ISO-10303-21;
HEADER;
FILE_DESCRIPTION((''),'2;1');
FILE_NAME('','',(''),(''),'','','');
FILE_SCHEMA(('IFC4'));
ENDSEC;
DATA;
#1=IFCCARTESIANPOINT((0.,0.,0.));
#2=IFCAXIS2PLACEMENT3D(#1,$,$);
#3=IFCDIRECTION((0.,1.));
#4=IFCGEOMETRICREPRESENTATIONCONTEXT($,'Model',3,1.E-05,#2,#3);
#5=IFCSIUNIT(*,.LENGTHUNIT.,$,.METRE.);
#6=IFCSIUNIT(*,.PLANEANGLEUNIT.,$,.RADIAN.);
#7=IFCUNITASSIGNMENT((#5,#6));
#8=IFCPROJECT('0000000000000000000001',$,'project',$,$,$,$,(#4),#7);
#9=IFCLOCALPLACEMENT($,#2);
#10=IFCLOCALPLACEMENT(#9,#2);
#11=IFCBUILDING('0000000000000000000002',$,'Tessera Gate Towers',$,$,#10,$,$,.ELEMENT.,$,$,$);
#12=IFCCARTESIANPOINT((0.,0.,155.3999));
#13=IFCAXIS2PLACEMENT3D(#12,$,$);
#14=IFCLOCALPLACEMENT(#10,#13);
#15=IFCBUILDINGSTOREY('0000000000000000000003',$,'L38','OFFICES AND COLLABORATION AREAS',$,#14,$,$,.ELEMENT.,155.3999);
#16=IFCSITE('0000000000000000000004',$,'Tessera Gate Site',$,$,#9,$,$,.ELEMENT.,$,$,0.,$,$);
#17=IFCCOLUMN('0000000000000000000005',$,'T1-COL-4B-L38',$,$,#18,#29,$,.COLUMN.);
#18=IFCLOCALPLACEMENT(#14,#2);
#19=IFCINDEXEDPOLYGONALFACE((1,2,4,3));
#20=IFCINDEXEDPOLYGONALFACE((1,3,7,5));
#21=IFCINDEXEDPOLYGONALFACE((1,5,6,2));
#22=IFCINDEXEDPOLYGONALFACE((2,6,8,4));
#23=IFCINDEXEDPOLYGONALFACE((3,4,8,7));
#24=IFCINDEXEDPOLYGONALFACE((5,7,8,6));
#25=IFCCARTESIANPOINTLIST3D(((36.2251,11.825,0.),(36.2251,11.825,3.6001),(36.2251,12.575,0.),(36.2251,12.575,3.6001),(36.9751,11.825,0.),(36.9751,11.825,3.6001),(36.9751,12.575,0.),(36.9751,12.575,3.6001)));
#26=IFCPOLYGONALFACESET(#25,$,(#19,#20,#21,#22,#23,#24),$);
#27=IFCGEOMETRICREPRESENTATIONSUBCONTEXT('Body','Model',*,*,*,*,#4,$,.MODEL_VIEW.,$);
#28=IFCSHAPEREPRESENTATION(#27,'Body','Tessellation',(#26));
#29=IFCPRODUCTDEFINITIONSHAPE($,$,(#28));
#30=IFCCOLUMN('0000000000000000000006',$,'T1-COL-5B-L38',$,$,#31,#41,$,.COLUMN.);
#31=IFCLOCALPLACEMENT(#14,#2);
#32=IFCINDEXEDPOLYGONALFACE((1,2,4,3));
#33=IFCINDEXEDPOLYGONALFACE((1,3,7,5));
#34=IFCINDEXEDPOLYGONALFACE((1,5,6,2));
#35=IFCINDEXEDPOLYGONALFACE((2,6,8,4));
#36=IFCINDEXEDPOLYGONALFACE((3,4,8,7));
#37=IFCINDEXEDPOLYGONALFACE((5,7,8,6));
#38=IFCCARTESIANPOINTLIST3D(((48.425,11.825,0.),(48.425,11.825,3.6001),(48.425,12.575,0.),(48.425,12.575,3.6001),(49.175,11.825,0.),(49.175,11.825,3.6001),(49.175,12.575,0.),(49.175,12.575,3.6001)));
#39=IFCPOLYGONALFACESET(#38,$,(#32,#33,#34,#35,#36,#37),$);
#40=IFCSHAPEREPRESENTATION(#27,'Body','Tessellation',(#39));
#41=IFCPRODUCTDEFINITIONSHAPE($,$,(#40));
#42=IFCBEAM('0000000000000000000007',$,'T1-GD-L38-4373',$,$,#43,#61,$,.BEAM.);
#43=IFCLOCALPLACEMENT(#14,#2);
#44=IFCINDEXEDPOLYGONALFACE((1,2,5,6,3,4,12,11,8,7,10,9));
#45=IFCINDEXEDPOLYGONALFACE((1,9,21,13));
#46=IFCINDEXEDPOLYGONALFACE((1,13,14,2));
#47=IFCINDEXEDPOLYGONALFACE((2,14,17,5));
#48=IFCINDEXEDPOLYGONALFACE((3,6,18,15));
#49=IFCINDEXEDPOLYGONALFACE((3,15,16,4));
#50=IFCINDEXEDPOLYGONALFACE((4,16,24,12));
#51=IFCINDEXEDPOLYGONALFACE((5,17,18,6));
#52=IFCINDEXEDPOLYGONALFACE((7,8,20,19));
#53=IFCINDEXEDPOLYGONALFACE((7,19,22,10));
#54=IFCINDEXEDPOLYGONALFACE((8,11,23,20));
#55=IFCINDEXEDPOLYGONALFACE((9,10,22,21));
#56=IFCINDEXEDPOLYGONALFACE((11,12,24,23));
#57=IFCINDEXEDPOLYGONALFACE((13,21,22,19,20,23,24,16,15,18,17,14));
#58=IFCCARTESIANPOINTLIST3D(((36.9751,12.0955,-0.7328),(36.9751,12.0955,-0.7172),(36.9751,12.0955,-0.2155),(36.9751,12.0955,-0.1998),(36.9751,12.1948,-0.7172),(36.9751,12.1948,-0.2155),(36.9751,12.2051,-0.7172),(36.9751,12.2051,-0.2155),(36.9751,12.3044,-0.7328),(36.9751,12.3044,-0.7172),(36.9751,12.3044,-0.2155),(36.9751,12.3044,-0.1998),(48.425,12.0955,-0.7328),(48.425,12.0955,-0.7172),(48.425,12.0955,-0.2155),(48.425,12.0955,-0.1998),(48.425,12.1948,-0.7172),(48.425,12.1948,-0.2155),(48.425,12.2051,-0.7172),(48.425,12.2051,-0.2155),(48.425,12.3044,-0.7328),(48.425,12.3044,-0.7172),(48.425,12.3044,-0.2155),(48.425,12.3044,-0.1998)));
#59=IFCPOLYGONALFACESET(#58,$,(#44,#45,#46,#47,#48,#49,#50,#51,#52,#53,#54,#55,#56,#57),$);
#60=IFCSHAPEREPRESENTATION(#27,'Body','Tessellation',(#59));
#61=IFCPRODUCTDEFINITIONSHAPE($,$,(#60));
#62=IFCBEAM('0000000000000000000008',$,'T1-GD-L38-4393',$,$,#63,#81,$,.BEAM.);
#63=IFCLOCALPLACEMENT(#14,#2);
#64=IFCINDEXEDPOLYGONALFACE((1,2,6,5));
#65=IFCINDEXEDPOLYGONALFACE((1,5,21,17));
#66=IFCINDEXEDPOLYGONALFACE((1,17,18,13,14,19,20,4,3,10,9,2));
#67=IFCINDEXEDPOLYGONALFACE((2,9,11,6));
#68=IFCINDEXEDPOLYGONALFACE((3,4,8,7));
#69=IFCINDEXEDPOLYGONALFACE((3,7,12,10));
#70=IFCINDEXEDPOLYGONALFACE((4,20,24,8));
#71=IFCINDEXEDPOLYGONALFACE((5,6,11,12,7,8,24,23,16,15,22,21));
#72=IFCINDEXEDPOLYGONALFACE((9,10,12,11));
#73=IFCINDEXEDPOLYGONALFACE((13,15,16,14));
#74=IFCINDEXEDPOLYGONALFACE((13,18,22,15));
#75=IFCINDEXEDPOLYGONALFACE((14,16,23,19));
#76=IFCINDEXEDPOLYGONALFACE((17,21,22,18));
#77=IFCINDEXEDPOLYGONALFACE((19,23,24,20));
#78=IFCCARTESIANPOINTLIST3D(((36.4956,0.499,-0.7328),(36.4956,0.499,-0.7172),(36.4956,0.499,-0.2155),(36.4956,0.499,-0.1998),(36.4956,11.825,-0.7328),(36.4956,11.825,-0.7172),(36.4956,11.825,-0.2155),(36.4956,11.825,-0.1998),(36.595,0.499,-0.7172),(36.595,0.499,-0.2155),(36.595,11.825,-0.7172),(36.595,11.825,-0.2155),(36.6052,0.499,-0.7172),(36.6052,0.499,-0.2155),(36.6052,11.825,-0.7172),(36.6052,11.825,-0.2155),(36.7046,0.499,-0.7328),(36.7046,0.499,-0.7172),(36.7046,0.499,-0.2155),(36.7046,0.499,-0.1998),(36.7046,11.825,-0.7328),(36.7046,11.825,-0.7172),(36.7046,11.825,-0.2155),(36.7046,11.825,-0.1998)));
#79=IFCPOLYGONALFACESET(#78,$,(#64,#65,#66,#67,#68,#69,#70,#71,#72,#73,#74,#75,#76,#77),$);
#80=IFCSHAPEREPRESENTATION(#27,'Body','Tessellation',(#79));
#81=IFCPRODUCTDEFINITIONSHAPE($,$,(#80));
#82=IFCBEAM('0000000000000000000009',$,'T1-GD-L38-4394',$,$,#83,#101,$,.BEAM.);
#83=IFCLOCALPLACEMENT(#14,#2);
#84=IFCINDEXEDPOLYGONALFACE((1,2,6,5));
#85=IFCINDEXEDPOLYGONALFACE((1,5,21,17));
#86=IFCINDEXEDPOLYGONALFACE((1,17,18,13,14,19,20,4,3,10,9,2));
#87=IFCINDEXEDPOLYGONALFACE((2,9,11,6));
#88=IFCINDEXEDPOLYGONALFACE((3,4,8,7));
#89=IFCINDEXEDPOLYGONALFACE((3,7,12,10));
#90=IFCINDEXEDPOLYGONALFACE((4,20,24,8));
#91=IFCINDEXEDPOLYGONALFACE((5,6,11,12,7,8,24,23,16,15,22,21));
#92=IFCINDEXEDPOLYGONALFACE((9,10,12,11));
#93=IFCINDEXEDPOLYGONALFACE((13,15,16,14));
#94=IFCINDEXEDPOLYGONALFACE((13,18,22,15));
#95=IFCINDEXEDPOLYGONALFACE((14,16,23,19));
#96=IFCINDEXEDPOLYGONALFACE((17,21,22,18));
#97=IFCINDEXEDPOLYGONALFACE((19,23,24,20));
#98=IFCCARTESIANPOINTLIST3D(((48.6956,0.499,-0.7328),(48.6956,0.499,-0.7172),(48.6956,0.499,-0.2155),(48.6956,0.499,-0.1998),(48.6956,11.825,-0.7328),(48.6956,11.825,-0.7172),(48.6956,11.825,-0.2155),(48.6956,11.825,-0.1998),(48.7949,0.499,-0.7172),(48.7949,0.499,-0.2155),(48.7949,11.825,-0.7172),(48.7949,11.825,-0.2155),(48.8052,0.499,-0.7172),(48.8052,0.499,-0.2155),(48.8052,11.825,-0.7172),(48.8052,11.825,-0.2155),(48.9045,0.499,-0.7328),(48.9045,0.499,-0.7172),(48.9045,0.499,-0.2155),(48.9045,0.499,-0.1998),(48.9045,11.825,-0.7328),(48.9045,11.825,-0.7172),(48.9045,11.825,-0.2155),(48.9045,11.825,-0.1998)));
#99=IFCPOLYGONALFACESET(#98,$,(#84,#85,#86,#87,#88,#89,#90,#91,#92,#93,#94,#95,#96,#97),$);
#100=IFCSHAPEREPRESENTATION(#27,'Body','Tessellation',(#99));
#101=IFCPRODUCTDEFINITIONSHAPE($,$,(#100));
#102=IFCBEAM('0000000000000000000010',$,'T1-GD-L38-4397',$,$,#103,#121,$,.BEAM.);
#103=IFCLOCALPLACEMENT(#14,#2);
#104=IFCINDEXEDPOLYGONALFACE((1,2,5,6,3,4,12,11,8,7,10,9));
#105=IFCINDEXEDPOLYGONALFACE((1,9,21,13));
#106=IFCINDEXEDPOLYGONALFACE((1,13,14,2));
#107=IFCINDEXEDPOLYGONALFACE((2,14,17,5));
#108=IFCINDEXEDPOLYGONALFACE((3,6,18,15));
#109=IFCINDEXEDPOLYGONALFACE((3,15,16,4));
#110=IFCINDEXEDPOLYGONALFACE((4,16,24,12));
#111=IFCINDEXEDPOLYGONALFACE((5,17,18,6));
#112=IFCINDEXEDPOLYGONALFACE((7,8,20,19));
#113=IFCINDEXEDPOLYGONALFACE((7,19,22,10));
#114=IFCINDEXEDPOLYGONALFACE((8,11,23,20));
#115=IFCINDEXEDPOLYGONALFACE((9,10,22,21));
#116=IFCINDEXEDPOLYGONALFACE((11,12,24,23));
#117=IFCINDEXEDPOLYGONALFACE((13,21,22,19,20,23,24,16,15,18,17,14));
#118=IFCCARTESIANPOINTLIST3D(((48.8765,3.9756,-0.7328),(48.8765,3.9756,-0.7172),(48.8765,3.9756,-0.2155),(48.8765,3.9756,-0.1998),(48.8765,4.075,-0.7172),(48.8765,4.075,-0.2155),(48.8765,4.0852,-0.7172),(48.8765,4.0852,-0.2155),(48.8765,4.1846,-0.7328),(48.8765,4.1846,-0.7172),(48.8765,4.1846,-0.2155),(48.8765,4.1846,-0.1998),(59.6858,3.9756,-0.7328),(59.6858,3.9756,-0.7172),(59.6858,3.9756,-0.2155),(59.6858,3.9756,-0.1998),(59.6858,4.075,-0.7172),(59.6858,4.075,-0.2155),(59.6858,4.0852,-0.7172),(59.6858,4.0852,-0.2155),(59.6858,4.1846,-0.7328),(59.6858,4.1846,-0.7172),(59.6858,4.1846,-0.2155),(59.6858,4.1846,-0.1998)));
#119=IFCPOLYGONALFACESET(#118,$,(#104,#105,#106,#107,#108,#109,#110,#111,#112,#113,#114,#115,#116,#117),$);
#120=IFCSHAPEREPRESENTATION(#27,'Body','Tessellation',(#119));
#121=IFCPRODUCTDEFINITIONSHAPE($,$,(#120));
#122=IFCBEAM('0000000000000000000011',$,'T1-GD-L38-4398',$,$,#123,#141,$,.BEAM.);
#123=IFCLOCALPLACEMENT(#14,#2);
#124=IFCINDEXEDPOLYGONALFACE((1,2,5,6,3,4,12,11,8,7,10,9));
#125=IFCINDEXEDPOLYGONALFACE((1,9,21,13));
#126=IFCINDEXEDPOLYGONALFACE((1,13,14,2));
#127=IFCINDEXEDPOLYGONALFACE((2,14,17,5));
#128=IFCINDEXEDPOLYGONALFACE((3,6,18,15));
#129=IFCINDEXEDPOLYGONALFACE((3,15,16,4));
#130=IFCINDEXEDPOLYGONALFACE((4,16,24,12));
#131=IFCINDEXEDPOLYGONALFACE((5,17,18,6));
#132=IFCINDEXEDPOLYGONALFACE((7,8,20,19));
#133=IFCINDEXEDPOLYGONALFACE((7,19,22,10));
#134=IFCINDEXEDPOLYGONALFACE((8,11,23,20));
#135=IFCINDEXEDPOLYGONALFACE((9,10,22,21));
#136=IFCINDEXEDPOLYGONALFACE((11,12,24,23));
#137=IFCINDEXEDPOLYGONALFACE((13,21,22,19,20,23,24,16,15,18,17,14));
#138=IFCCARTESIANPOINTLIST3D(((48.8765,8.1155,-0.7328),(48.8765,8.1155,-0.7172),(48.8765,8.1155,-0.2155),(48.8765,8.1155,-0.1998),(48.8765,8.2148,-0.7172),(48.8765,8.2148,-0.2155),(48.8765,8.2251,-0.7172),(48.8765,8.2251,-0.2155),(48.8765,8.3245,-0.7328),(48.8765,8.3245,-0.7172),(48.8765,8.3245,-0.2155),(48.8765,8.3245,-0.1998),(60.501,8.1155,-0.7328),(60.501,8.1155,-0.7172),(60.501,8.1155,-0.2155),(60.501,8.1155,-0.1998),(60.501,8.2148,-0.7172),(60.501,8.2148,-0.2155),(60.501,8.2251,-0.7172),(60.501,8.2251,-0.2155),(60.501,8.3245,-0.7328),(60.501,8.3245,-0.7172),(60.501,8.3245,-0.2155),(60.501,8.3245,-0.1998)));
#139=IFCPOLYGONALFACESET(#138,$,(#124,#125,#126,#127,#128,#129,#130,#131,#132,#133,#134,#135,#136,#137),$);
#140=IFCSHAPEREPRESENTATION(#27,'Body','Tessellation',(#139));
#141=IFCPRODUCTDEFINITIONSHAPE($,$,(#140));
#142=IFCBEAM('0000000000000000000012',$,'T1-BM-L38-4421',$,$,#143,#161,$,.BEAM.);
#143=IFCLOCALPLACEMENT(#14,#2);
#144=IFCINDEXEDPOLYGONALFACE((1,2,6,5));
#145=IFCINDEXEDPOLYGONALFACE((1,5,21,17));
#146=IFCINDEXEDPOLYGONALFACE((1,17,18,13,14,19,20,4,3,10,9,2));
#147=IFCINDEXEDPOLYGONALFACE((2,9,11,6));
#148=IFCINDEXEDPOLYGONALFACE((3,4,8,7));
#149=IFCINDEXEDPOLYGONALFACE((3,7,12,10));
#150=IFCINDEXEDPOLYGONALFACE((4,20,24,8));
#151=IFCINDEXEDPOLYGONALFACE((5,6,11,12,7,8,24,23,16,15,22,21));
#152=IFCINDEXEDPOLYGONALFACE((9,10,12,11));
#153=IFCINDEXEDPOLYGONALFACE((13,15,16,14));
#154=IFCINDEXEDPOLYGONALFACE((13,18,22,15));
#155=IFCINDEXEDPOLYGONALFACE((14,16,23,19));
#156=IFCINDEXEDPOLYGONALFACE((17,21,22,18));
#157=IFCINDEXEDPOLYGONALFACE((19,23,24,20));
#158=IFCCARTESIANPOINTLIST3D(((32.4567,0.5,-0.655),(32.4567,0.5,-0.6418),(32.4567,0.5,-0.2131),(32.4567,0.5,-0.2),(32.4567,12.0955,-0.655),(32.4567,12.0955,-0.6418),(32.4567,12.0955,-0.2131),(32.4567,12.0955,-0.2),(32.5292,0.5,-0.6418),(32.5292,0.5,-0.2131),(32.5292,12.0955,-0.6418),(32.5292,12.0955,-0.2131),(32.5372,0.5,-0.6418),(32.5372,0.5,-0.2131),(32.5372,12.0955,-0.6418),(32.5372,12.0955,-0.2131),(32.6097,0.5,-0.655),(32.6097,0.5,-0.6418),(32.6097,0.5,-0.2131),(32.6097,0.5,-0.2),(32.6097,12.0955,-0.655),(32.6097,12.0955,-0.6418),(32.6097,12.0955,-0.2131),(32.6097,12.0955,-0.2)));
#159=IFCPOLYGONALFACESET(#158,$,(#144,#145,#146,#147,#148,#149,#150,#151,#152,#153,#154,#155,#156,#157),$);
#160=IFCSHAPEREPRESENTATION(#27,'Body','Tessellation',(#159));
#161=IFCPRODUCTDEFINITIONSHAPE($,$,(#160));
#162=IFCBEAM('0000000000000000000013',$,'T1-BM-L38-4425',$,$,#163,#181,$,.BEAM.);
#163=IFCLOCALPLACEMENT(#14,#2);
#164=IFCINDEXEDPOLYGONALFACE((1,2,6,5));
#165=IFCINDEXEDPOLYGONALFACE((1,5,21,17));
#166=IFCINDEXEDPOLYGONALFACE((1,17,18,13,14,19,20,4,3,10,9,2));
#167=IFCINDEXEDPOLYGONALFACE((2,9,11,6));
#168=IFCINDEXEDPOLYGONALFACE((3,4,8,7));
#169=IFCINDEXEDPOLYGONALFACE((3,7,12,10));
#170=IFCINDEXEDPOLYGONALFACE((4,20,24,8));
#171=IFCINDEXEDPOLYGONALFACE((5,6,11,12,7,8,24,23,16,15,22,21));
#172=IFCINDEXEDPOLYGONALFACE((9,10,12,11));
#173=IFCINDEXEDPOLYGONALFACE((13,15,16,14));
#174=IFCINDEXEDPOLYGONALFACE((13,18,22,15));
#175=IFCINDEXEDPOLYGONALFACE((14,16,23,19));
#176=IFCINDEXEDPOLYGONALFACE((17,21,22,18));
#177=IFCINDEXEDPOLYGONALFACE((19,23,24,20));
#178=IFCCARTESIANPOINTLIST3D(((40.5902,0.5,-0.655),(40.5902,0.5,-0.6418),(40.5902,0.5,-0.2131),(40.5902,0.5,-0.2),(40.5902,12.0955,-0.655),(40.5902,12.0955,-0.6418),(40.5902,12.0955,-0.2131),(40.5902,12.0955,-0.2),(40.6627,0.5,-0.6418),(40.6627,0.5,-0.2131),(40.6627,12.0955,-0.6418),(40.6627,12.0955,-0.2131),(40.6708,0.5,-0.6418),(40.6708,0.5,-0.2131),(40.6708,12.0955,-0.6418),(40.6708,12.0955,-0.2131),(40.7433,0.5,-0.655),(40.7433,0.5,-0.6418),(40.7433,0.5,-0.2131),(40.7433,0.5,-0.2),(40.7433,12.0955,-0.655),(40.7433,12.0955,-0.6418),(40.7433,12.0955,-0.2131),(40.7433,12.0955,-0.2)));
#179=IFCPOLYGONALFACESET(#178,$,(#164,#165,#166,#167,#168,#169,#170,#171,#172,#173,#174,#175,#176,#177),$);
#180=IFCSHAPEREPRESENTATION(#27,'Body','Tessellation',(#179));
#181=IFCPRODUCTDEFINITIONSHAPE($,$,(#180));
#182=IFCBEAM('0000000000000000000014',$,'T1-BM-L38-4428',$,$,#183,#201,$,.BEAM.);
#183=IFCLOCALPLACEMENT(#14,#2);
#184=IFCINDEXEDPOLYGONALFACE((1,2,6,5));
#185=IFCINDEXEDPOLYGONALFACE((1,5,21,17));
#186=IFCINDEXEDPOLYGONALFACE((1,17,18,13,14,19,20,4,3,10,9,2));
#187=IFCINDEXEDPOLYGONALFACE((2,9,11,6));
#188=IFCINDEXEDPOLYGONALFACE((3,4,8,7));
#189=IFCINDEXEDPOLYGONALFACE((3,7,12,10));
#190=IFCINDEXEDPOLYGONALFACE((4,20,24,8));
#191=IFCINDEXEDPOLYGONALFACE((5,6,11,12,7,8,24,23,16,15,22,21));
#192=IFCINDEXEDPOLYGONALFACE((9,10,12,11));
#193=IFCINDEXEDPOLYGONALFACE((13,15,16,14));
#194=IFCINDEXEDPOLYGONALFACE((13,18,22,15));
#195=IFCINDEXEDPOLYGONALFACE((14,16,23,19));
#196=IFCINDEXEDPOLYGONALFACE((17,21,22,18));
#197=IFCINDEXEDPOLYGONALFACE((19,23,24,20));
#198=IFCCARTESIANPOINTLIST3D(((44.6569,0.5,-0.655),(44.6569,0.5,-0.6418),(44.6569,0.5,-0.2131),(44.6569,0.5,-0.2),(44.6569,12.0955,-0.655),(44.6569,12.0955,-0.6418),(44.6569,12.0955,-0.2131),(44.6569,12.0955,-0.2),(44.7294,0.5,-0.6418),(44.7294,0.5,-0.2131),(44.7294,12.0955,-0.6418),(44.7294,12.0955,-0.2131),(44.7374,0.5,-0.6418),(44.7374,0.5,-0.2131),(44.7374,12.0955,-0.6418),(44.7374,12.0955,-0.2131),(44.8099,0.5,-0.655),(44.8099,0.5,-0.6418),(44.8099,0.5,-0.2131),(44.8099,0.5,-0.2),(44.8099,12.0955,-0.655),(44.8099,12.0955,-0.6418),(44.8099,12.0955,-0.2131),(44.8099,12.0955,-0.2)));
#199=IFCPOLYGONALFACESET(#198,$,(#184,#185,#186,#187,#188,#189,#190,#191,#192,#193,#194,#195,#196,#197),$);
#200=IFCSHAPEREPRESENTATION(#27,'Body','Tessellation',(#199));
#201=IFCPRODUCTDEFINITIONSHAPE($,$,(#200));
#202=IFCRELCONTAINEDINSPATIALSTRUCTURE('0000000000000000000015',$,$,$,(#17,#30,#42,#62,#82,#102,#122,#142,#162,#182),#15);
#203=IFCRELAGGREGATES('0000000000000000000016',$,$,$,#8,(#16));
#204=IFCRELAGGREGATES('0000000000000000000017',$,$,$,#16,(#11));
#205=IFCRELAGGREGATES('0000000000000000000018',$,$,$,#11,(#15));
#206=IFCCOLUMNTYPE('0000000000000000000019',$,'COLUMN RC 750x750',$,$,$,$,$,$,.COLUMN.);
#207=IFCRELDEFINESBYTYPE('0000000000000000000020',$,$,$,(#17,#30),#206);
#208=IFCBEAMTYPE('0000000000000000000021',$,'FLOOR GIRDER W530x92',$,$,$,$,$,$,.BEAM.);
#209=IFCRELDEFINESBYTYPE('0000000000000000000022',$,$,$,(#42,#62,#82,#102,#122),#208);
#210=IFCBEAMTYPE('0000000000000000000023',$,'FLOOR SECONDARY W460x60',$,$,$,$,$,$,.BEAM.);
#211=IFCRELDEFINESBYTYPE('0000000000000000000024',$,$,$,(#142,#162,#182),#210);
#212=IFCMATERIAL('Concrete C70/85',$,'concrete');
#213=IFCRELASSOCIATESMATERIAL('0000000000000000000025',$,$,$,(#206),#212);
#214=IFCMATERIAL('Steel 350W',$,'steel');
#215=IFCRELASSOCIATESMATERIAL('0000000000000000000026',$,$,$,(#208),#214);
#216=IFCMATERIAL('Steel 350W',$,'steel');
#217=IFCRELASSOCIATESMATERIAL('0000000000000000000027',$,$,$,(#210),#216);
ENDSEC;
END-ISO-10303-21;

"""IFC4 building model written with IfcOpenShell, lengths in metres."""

from ifc_helpers import new_model, si_unit, direction, frame, origin, origin_2d, place, context, subcontext, project, spatial, rectangle, i_section, extrude, material, material_profile, profile_set, type_object, element, save


model = new_model("IFC4")

# Units and contexts
model_context = context("Model", 3, precision=1e-05, world=origin(), true_north=direction((0.0, 1.0)))
body_context = subcontext(model_context, "Body", "Model", "MODEL_VIEW")
ifc_project = project(units=[si_unit("LENGTHUNIT", "METRE"), si_unit("PLANEANGLEUNIT", "RADIAN")], contexts=[model_context])

# Site, building, storey
site_placement = place(None, origin())
site = spatial("IfcSite", under=ifc_project, at=site_placement, Name="Tessera Gate Site", CompositionType="ELEMENT", RefElevation=0.0)
building_placement = place(site_placement, origin())
building = spatial("IfcBuilding", under=site, at=building_placement, Name="Tessera Gate Towers", CompositionType="ELEMENT")
storey_placement = place(building_placement, frame((0.0, 0.0, 155.3999)))
storey = spatial("IfcBuildingStorey", under=building, at=storey_placement, Name="L38", Description="OFFICES AND COLLABORATION AREAS", CompositionType="ELEMENT", Elevation=155.3999)

# Columns
ifc_material_1 = material(Name="Concrete C70/85", Category="concrete")
ifc_material_profile_1 = material_profile(ifc_material_1, rectangle(XDim=0.75, YDim=0.75, at=origin_2d()), Name="RC 750x750")
ifc_profile_set_1 = profile_set([ifc_material_profile_1], Name="Concrete C70/85")
column_type = type_object("IfcColumnType", Name="COLUMN RC 750x750", PredefinedType="COLUMN", material=ifc_profile_set_1)
for number, where, z_axis, x_axis, name in (
    (1, (36.6001, 12.2, 0.0), (0.0, 0.0, 1.0), (1.0, 0.0, 0.0), "T1-COL-4B-L38"),
    (2, (48.8, 12.2, 0.0), (0.0, 0.0, 1.0), (1.0, 0.0, 0.0), "T1-COL-5B-L38"),
):
    element("IfcColumn", number, at=place(storey_placement, frame(where, z_axis=z_axis, x_axis=x_axis)), inside=storey, type_object=column_type, Name=name, PredefinedType="COLUMN", context=body_context, shape_type="SweptSolid", body=[
        extrude(rectangle(XDim=0.75, YDim=0.75, at=origin_2d()), origin(), (0.0, 0.0, 1.0), 3.6001),
    ])

# Beams
ifc_material_2 = material(Name="Steel 350W", Category="steel")
ifc_material_profile_2 = material_profile(ifc_material_2, i_section(OverallWidth=0.209, OverallDepth=0.533, WebThickness=0.0103, FlangeThickness=0.0156, at=origin_2d()), Name="W530x92")
ifc_profile_set_2 = profile_set([ifc_material_profile_2], Name="Steel 350W")
beam_type_1 = type_object("IfcBeamType", Name="FLOOR GIRDER W530x92", PredefinedType="BEAM", material=ifc_profile_set_2)
beam_1_placement = place(storey_placement, frame((36.9751, 12.2, -0.4663), z_axis=(1.0, 0.0, 0.0), x_axis=(0.0, 1.0, 0.0)))
element("IfcBeam", 3, at=beam_1_placement, inside=storey, type_object=beam_type_1, Name="T1-GD-L38-4373", PredefinedType="BEAM", context=body_context, shape_type="SweptSolid", body=[
    extrude(i_section(OverallWidth=0.209, OverallDepth=0.533, WebThickness=0.0103, FlangeThickness=0.0156, at=origin_2d()), origin(), (0.0, 0.0, 1.0), 11.45),
])
for number, where, z_axis, x_axis, name in (
    (4, (36.6001, 0.499, -0.4663), (0.0, 1.0, 0.0), (-1.0, 0.0, 0.0), "T1-GD-L38-4393"),
    (5, (48.8, 0.499, -0.4663), (0.0, 1.0, 0.0), (-1.0, 0.0, 0.0), "T1-GD-L38-4394"),
):
    element("IfcBeam", number, at=place(storey_placement, frame(where, z_axis=z_axis, x_axis=x_axis)), inside=storey, type_object=beam_type_1, Name=name, PredefinedType="BEAM", context=body_context, shape_type="SweptSolid", body=[
        extrude(i_section(OverallWidth=0.209, OverallDepth=0.533, WebThickness=0.0103, FlangeThickness=0.0156, at=origin_2d()), origin(), (0.0, 0.0, 1.0), 11.3259),
    ])
beam_2_placement = place(storey_placement, frame((48.8765, 4.0801, -0.4663), z_axis=(1.0, 0.0, 0.0), x_axis=(0.0, 1.0, 0.0)))
element("IfcBeam", 6, at=beam_2_placement, inside=storey, type_object=beam_type_1, Name="T1-GD-L38-4397", PredefinedType="BEAM", context=body_context, shape_type="SweptSolid", body=[
    extrude(i_section(OverallWidth=0.209, OverallDepth=0.533, WebThickness=0.0103, FlangeThickness=0.0156, at=origin_2d()), origin(), (0.0, 0.0, 1.0), 10.8093),
])
beam_3_placement = place(storey_placement, frame((48.8765, 8.22, -0.4663), z_axis=(1.0, 0.0, 0.0), x_axis=(0.0, 1.0, 0.0)))
element("IfcBeam", 7, at=beam_3_placement, inside=storey, type_object=beam_type_1, Name="T1-GD-L38-4398", PredefinedType="BEAM", context=body_context, shape_type="SweptSolid", body=[
    extrude(i_section(OverallWidth=0.209, OverallDepth=0.533, WebThickness=0.0103, FlangeThickness=0.0156, at=origin_2d()), origin(), (0.0, 0.0, 1.0), 11.6245),
])
ifc_material_3 = material(Name="Steel 350W", Category="steel")
ifc_material_profile_3 = material_profile(ifc_material_3, i_section(OverallWidth=0.1531, OverallDepth=0.4551, WebThickness=0.0081, FlangeThickness=0.0132, at=origin_2d()), Name="W460x60")
ifc_profile_set_3 = profile_set([ifc_material_profile_3], Name="Steel 350W")
beam_type_2 = type_object("IfcBeamType", Name="FLOOR SECONDARY W460x60", PredefinedType="BEAM", material=ifc_profile_set_3)
for number, where, z_axis, x_axis, name in (
    (8, (32.5332, 0.5, -0.4275), (0.0, 1.0, 0.0), (-1.0, 0.0, 0.0), "T1-BM-L38-4421"),
    (9, (40.6667, 0.5, -0.4275), (0.0, 1.0, 0.0), (-1.0, 0.0, 0.0), "T1-BM-L38-4425"),
    (10, (44.7334, 0.5, -0.4275), (0.0, 1.0, 0.0), (-1.0, 0.0, 0.0), "T1-BM-L38-4428"),
):
    element("IfcBeam", number, at=place(storey_placement, frame(where, z_axis=z_axis, x_axis=x_axis)), inside=storey, type_object=beam_type_2, Name=name, PredefinedType="BEAM", context=body_context, shape_type="SweptSolid", body=[
        extrude(i_section(OverallWidth=0.1531, OverallDepth=0.4551, WebThickness=0.0081, FlangeThickness=0.0132, at=origin_2d()), origin(), (0.0, 0.0, 1.0), 11.5955),
    ])

save(model, "model.ifc")
